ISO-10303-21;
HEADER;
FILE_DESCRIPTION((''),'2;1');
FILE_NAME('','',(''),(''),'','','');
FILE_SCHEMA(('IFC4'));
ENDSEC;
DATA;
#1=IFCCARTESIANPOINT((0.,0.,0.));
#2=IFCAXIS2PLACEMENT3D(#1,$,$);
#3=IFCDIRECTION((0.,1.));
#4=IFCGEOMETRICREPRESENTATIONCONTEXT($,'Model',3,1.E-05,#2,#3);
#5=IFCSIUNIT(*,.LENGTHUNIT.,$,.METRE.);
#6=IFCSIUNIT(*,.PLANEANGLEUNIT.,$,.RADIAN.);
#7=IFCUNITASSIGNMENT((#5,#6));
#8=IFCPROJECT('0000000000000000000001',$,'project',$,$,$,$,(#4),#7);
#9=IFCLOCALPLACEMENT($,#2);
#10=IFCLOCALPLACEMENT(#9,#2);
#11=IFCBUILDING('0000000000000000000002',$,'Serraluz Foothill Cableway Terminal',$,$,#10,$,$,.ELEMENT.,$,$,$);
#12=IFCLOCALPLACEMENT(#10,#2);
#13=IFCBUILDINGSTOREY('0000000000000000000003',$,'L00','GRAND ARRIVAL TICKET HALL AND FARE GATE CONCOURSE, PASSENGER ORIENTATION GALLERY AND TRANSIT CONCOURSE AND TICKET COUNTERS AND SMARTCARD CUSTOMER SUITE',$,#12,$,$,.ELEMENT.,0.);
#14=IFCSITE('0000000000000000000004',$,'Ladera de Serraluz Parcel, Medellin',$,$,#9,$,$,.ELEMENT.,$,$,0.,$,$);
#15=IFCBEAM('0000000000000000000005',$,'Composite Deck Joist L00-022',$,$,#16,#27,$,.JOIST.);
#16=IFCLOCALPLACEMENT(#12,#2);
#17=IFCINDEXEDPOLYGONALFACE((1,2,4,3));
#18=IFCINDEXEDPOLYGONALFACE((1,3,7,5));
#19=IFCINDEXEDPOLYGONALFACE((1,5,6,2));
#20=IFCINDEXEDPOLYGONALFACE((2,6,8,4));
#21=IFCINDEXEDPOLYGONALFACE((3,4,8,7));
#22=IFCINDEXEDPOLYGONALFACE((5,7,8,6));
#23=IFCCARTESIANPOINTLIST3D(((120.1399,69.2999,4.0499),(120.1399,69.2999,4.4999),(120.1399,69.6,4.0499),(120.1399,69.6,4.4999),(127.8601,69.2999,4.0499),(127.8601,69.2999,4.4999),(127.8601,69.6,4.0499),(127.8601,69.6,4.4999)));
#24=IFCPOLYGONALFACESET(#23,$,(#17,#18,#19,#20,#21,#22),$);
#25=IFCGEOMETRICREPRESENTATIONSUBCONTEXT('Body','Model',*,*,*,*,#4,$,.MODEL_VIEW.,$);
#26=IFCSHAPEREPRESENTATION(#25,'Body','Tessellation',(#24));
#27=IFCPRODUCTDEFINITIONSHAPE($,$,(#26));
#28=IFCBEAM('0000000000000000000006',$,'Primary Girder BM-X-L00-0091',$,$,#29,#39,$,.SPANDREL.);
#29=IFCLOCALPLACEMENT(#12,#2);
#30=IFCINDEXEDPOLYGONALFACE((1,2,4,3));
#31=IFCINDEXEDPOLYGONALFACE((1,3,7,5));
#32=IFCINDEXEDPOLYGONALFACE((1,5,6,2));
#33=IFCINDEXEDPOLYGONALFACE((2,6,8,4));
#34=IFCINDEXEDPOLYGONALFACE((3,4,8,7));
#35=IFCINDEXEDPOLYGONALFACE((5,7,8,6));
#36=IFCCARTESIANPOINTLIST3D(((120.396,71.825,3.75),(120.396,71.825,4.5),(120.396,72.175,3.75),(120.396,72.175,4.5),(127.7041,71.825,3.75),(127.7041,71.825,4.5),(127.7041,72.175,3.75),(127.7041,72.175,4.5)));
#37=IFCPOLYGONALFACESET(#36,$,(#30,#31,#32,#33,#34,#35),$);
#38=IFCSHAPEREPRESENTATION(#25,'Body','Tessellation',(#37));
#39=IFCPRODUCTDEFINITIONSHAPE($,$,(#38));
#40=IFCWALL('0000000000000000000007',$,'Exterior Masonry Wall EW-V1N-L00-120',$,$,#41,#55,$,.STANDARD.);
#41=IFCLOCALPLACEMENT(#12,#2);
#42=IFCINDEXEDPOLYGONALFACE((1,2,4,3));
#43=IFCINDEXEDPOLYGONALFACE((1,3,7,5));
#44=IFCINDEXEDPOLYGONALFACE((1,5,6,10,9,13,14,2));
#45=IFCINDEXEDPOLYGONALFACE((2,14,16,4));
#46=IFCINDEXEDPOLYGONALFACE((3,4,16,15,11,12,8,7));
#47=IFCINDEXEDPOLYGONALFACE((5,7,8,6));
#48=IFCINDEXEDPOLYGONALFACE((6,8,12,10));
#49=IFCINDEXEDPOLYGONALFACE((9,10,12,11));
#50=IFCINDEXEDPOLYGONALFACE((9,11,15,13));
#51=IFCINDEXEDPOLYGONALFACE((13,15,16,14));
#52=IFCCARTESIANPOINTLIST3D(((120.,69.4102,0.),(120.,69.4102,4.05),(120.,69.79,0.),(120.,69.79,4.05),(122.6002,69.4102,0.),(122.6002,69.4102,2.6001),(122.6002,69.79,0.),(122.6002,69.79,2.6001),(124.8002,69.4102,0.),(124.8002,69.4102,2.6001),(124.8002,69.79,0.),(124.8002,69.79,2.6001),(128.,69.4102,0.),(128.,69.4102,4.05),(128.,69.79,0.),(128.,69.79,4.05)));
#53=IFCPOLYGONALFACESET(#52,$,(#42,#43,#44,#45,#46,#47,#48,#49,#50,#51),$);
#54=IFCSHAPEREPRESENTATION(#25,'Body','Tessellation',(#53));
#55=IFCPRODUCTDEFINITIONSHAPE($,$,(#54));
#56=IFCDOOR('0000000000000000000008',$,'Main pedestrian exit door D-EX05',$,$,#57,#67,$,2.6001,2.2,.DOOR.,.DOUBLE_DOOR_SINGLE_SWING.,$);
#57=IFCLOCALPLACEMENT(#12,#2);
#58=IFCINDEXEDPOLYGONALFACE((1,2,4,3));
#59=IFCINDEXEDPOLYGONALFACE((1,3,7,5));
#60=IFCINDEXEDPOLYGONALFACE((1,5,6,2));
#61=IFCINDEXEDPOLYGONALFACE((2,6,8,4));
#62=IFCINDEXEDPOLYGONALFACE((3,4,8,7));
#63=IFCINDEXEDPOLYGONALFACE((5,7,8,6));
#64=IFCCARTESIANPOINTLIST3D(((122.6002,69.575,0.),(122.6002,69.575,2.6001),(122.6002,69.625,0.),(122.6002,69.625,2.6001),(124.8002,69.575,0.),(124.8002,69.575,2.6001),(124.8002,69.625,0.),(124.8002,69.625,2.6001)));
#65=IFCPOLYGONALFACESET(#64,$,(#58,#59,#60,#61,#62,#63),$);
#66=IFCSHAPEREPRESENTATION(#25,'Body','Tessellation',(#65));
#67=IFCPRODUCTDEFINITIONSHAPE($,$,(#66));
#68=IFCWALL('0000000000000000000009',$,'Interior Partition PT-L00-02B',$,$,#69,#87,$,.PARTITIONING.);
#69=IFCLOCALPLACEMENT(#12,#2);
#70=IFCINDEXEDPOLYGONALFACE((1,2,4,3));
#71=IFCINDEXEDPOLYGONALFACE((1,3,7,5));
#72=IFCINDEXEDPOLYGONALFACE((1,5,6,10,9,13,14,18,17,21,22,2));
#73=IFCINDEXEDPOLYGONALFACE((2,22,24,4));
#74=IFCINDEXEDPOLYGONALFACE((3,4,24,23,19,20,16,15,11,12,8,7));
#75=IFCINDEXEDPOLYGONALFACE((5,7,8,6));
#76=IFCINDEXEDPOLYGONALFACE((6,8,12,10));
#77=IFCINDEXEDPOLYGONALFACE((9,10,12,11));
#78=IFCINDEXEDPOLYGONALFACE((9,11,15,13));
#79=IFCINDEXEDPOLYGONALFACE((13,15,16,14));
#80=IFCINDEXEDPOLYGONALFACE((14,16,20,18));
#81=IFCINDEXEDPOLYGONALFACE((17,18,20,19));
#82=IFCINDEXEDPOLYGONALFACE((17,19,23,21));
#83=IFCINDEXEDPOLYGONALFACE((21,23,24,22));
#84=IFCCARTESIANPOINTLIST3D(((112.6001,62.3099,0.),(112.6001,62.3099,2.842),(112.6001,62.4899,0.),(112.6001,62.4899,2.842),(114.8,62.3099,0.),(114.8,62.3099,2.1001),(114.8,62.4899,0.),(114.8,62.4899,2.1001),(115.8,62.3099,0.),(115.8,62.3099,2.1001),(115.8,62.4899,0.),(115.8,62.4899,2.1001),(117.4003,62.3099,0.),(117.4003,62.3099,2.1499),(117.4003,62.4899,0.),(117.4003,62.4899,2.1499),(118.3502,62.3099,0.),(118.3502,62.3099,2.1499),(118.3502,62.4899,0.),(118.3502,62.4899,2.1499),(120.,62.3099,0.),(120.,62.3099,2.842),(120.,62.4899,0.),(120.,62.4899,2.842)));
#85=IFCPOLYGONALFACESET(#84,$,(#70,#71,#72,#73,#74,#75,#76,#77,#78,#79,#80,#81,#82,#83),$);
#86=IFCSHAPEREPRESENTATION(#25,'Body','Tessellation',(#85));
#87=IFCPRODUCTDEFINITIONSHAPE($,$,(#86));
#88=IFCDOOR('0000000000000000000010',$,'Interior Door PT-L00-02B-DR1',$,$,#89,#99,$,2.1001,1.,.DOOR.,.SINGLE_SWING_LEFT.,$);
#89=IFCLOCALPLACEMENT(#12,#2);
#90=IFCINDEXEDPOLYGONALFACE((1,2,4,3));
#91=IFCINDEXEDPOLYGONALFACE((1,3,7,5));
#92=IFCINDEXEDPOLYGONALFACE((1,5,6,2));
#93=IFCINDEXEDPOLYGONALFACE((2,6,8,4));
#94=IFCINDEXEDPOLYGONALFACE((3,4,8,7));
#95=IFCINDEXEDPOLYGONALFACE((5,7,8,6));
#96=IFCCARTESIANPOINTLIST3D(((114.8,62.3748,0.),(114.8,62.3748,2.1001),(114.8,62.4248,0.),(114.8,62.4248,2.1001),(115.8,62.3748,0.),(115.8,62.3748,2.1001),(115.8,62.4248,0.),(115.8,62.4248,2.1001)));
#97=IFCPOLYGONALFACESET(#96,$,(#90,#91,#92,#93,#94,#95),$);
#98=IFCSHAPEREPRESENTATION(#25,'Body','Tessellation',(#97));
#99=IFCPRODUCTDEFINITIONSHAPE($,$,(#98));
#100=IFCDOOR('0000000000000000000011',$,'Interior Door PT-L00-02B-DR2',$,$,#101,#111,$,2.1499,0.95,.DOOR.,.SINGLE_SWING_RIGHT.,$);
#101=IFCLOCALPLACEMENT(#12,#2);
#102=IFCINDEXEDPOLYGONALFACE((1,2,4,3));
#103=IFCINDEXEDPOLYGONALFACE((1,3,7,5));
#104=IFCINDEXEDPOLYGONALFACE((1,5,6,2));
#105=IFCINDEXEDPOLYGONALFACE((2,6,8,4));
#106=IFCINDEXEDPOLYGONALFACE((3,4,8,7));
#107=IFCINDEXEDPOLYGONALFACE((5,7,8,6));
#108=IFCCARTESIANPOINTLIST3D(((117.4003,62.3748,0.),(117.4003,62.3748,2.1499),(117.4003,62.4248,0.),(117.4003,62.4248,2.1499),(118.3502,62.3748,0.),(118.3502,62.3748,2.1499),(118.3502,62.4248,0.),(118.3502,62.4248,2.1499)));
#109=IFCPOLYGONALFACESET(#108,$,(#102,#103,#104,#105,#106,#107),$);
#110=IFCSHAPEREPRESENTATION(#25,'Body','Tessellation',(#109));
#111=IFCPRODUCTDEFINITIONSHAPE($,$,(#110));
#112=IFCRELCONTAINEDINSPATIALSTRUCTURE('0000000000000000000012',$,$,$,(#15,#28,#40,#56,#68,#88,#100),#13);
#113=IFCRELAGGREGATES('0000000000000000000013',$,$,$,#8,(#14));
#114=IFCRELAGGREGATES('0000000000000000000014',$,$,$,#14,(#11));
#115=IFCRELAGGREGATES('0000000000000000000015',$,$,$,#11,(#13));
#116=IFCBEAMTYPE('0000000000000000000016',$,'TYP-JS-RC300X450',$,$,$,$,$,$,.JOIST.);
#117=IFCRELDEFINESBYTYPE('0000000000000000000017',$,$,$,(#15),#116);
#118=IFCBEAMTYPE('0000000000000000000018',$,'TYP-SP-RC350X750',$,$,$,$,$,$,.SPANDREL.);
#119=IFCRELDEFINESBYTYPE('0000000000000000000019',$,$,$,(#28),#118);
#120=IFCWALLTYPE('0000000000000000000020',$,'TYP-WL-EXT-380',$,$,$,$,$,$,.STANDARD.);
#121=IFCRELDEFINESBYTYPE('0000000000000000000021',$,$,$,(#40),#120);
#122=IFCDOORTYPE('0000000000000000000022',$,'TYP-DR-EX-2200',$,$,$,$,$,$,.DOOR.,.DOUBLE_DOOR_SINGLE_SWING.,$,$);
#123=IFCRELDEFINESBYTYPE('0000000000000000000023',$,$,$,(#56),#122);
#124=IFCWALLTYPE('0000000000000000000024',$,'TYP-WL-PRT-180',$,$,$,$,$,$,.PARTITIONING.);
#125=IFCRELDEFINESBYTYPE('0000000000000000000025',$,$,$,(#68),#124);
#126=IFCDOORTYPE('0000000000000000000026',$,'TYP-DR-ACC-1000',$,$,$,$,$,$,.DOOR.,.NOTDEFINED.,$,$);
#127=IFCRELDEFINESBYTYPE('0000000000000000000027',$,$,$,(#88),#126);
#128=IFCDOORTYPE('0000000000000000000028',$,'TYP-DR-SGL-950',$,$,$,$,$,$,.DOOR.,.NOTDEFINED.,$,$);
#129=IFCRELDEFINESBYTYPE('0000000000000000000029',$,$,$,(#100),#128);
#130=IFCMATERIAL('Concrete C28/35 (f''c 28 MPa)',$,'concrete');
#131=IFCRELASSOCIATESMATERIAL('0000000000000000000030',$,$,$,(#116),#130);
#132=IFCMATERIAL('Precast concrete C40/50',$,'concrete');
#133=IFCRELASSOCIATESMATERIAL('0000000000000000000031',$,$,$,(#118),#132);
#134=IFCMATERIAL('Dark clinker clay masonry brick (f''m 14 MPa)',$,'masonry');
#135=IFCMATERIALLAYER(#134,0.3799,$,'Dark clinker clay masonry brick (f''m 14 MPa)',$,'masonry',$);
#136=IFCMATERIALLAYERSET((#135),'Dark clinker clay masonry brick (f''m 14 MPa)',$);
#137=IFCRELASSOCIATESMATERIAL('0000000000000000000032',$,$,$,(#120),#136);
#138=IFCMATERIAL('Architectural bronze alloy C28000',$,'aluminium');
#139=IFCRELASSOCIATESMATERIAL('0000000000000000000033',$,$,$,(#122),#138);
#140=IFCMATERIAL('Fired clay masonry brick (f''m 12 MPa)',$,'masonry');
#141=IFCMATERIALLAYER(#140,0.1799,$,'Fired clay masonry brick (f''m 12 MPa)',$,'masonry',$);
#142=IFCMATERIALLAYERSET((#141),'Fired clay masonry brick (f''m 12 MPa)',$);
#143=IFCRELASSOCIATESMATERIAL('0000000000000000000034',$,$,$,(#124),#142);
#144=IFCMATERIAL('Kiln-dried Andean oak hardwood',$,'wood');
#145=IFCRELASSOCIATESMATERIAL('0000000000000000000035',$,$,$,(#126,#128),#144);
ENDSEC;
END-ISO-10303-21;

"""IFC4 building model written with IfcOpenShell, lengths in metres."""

from ifc_helpers import new_model, si_unit, direction, frame, frame_2d, origin, origin_2d, place, context, subcontext, project, spatial, rectangle, extrude, material, layer, layer_set, material_profile, profile_set, type_object, element, fill, save


model = new_model("IFC4")

# Units and contexts
model_context = context("Model", 3, precision=1e-05, world=origin(), true_north=direction((0.0, 1.0)))
body_context = subcontext(model_context, "Body", "Model", "MODEL_VIEW")
ifc_project = project(units=[si_unit("LENGTHUNIT", "METRE"), si_unit("PLANEANGLEUNIT", "RADIAN")], contexts=[model_context])

# Site, building, storey
site_placement = place(None, origin())
site = spatial("IfcSite", under=ifc_project, at=site_placement, Name="Ladera de Serraluz Parcel, Medellin", CompositionType="ELEMENT", RefElevation=0.0)
building_placement = place(site_placement, origin())
building = spatial("IfcBuilding", under=site, at=building_placement, Name="Serraluz Foothill Cableway Terminal", CompositionType="ELEMENT")
storey_placement = place(building_placement, origin())
storey = spatial("IfcBuildingStorey", under=building, at=storey_placement, Name="L00", Description="GRAND ARRIVAL TICKET HALL AND FARE GATE CONCOURSE, PASSENGER ORIENTATION GALLERY AND TRANSIT CONCOURSE AND TICKET COUNTERS AND SMARTCARD CUSTOMER SUITE", CompositionType="ELEMENT", Elevation=0.0)

# Shared definitions
ifc_material_1 = material(Name="Concrete C28/35 (f'c 28 MPa)", Category="concrete")

# Beams
ifc_material_profile_1 = material_profile(ifc_material_1, rectangle(XDim=0.3, YDim=0.45, at=origin_2d()), Name="RC 300x450")
ifc_profile_set_1 = profile_set([ifc_material_profile_1], Name="Concrete C28/35 (f'c 28 MPa)")
beam_type_1 = type_object("IfcBeamType", Name="TYP-JS-RC300X450", PredefinedType="JOIST", material=ifc_profile_set_1)
for number, where, z_axis, x_axis, name in (
    (1, (120.1399, 69.45, 4.2749), (1.0, 0.0, 0.0), (0.0, 1.0, 0.0), "Composite Deck Joist L00-022"),
):
    element("IfcBeam", number, at=place(storey_placement, frame(where, z_axis=z_axis, x_axis=x_axis)), inside=storey, type_object=beam_type_1, Name=name, PredefinedType="JOIST", context=body_context, shape_type="SweptSolid", body=[
        extrude(rectangle(XDim=0.3, YDim=0.45, at=origin_2d()), origin(), (0.0, 0.0, 1.0), 7.7202),
    ])
ifc_material_2 = material(Name="Precast concrete C40/50", Category="concrete")
ifc_material_profile_2 = material_profile(ifc_material_2, rectangle(XDim=0.3501, YDim=0.75, at=origin_2d()), Name="RC SP 350x750")
ifc_profile_set_2 = profile_set([ifc_material_profile_2], Name="Precast concrete C40/50")
beam_type_2 = type_object("IfcBeamType", Name="TYP-SP-RC350X750", PredefinedType="SPANDREL", material=ifc_profile_set_2)
beam_placement = place(storey_placement, frame((120.396, 72.0, 4.125), z_axis=(1.0, 0.0, 0.0), x_axis=(0.0, 1.0, 0.0)))
element("IfcBeam", 2, at=beam_placement, inside=storey, type_object=beam_type_2, Name="Primary Girder BM-X-L00-0091", PredefinedType="SPANDREL", context=body_context, shape_type="SweptSolid", body=[
    extrude(rectangle(XDim=0.3501, YDim=0.75, at=origin_2d()), origin(), (0.0, 0.0, 1.0), 7.3081),
])

# Wall, opening, door
ifc_material_3 = material(Name="Dark clinker clay masonry brick (f'm 14 MPa)", Category="masonry")
ifc_layer_1 = layer(ifc_material_3, 0.3799, Name="Dark clinker clay masonry brick (f'm 14 MPa)", Category="masonry")
ifc_layer_set_1 = layer_set([ifc_layer_1], Name="Dark clinker clay masonry brick (f'm 14 MPa)")
wall_type_1 = type_object("IfcWallType", Name="TYP-WL-EXT-380", PredefinedType="STANDARD", material=ifc_layer_set_1)
wall_1_placement = place(storey_placement, frame((120.0, 69.6001, 0.0), z_axis=(0.0, 0.0, 1.0), x_axis=(1.0, 0.0, 0.0)))
wall_1 = element("IfcWall", 3, at=wall_1_placement, inside=storey, type_object=wall_type_1, Name="Exterior Masonry Wall EW-V1N-L00-120", PredefinedType="STANDARD", context=body_context, shape_type="SweptSolid", body=[
    extrude(rectangle(XDim=8.0, YDim=0.3799, at=frame_2d((4.0, 0.0))), origin(), (0.0, 0.0, 1.0), 4.05),
])
opening_1_placement = place(wall_1_placement, frame((2.6001, 0.0, 0.0)))
opening_1 = element("IfcOpeningElement", 4, at=opening_1_placement, cuts=wall_1, PredefinedType="OPENING", context=body_context, shape_type="SweptSolid", body=[
    extrude(rectangle(XDim=2.2, YDim=2.6001, at=frame_2d((1.1001, 1.3))), frame((0.0, 0.2, 0.0), z_axis=(0.0, -1.0, 0.0), x_axis=(1.0, 0.0, 0.0)), (0.0, 0.0, 1.0), 0.3999),
])
ifc_material_4 = material(Name="Architectural bronze alloy C28000", Category="aluminium")
door_type_1 = type_object("IfcDoorType", Name="TYP-DR-EX-2200", OperationType="DOUBLE_DOOR_SINGLE_SWING", PredefinedType="DOOR", material=ifc_material_4)
door_1_placement = place(opening_1_placement, origin())
door_1 = element("IfcDoor", 5, at=door_1_placement, inside=storey, type_object=door_type_1, Name="Main pedestrian exit door D-EX05", OperationType="DOUBLE_DOOR_SINGLE_SWING", OverallHeight=2.6001, OverallWidth=2.2, PredefinedType="DOOR", context=body_context, shape_type="SweptSolid", body=[
    extrude(rectangle(XDim=2.2, YDim=2.6001, at=frame_2d((1.1001, 1.3))), frame((0.0, 0.0249, 0.0), z_axis=(0.0, -1.0, 0.0), x_axis=(1.0, 0.0, 0.0)), (0.0, 0.0, 1.0), 0.05),
])
fill(opening_1, door_1)

# Wall, openings, doors
ifc_material_5 = material(Name="Fired clay masonry brick (f'm 12 MPa)", Category="masonry")
ifc_layer_2 = layer(ifc_material_5, 0.1799, Name="Fired clay masonry brick (f'm 12 MPa)", Category="masonry")
ifc_layer_set_2 = layer_set([ifc_layer_2], Name="Fired clay masonry brick (f'm 12 MPa)")
wall_type_2 = type_object("IfcWallType", Name="TYP-WL-PRT-180", PredefinedType="PARTITIONING", material=ifc_layer_set_2)
wall_2_placement = place(storey_placement, frame((112.6001, 62.3999, 0.0), z_axis=(0.0, 0.0, 1.0), x_axis=(1.0, 0.0, 0.0)))
wall_2 = element("IfcWall", 6, at=wall_2_placement, inside=storey, type_object=wall_type_2, Name="Interior Partition PT-L00-02B", PredefinedType="PARTITIONING", context=body_context, shape_type="SweptSolid", body=[
    extrude(rectangle(XDim=7.3999, YDim=0.1799, at=frame_2d((3.7, 0.0))), origin(), (0.0, 0.0, 1.0), 2.842),
])
opening_2_placement = place(wall_2_placement, frame((2.2, 0.0, 0.0)))
opening_2 = element("IfcOpeningElement", 7, at=opening_2_placement, cuts=wall_2, PredefinedType="OPENING", context=body_context, shape_type="SweptSolid", body=[
    extrude(rectangle(XDim=1.0, YDim=2.1001, at=frame_2d((0.5, 1.05))), frame((0.0, 0.1001, 0.0), z_axis=(0.0, -1.0, 0.0), x_axis=(1.0, 0.0, 0.0)), (0.0, 0.0, 1.0), 0.2),
])
opening_3_placement = place(wall_2_placement, frame((4.8, 0.0, 0.0)))
opening_3 = element("IfcOpeningElement", 8, at=opening_3_placement, cuts=wall_2, PredefinedType="OPENING", context=body_context, shape_type="SweptSolid", body=[
    extrude(rectangle(XDim=0.95, YDim=2.1499, at=frame_2d((0.4751, 1.075))), frame((0.0, 0.1001, 0.0), z_axis=(0.0, -1.0, 0.0), x_axis=(1.0, 0.0, 0.0)), (0.0, 0.0, 1.0), 0.2),
])
ifc_material_6 = material(Name="Kiln-dried Andean oak hardwood", Category="wood")
door_type_2 = type_object("IfcDoorType", Name="TYP-DR-ACC-1000", OperationType="NOTDEFINED", PredefinedType="DOOR", material=ifc_material_6)
door_2_placement = place(opening_2_placement, origin())
door_2 = element("IfcDoor", 9, at=door_2_placement, inside=storey, type_object=door_type_2, Name="Interior Door PT-L00-02B-DR1", OperationType="SINGLE_SWING_LEFT", OverallHeight=2.1001, OverallWidth=1.0, PredefinedType="DOOR", context=body_context, shape_type="SweptSolid", body=[
    extrude(rectangle(XDim=1.0, YDim=2.1001, at=frame_2d((0.5, 1.05))), frame((0.0, 0.0249, 0.0), z_axis=(0.0, -1.0, 0.0), x_axis=(1.0, 0.0, 0.0)), (0.0, 0.0, 1.0), 0.05),
])
fill(opening_2, door_2)
door_type_3 = type_object("IfcDoorType", Name="TYP-DR-SGL-950", OperationType="NOTDEFINED", PredefinedType="DOOR", material=ifc_material_6)
door_3_placement = place(opening_3_placement, origin())
door_3 = element("IfcDoor", 10, at=door_3_placement, inside=storey, type_object=door_type_3, Name="Interior Door PT-L00-02B-DR2", OperationType="SINGLE_SWING_RIGHT", OverallHeight=2.1499, OverallWidth=0.95, PredefinedType="DOOR", context=body_context, shape_type="SweptSolid", body=[
    extrude(rectangle(XDim=0.95, YDim=2.1499, at=frame_2d((0.4751, 1.075))), frame((0.0, 0.0249, 0.0), z_axis=(0.0, -1.0, 0.0), x_axis=(1.0, 0.0, 0.0)), (0.0, 0.0, 1.0), 0.05),
])
fill(opening_3, door_3)

save(model, "model.ifc")
